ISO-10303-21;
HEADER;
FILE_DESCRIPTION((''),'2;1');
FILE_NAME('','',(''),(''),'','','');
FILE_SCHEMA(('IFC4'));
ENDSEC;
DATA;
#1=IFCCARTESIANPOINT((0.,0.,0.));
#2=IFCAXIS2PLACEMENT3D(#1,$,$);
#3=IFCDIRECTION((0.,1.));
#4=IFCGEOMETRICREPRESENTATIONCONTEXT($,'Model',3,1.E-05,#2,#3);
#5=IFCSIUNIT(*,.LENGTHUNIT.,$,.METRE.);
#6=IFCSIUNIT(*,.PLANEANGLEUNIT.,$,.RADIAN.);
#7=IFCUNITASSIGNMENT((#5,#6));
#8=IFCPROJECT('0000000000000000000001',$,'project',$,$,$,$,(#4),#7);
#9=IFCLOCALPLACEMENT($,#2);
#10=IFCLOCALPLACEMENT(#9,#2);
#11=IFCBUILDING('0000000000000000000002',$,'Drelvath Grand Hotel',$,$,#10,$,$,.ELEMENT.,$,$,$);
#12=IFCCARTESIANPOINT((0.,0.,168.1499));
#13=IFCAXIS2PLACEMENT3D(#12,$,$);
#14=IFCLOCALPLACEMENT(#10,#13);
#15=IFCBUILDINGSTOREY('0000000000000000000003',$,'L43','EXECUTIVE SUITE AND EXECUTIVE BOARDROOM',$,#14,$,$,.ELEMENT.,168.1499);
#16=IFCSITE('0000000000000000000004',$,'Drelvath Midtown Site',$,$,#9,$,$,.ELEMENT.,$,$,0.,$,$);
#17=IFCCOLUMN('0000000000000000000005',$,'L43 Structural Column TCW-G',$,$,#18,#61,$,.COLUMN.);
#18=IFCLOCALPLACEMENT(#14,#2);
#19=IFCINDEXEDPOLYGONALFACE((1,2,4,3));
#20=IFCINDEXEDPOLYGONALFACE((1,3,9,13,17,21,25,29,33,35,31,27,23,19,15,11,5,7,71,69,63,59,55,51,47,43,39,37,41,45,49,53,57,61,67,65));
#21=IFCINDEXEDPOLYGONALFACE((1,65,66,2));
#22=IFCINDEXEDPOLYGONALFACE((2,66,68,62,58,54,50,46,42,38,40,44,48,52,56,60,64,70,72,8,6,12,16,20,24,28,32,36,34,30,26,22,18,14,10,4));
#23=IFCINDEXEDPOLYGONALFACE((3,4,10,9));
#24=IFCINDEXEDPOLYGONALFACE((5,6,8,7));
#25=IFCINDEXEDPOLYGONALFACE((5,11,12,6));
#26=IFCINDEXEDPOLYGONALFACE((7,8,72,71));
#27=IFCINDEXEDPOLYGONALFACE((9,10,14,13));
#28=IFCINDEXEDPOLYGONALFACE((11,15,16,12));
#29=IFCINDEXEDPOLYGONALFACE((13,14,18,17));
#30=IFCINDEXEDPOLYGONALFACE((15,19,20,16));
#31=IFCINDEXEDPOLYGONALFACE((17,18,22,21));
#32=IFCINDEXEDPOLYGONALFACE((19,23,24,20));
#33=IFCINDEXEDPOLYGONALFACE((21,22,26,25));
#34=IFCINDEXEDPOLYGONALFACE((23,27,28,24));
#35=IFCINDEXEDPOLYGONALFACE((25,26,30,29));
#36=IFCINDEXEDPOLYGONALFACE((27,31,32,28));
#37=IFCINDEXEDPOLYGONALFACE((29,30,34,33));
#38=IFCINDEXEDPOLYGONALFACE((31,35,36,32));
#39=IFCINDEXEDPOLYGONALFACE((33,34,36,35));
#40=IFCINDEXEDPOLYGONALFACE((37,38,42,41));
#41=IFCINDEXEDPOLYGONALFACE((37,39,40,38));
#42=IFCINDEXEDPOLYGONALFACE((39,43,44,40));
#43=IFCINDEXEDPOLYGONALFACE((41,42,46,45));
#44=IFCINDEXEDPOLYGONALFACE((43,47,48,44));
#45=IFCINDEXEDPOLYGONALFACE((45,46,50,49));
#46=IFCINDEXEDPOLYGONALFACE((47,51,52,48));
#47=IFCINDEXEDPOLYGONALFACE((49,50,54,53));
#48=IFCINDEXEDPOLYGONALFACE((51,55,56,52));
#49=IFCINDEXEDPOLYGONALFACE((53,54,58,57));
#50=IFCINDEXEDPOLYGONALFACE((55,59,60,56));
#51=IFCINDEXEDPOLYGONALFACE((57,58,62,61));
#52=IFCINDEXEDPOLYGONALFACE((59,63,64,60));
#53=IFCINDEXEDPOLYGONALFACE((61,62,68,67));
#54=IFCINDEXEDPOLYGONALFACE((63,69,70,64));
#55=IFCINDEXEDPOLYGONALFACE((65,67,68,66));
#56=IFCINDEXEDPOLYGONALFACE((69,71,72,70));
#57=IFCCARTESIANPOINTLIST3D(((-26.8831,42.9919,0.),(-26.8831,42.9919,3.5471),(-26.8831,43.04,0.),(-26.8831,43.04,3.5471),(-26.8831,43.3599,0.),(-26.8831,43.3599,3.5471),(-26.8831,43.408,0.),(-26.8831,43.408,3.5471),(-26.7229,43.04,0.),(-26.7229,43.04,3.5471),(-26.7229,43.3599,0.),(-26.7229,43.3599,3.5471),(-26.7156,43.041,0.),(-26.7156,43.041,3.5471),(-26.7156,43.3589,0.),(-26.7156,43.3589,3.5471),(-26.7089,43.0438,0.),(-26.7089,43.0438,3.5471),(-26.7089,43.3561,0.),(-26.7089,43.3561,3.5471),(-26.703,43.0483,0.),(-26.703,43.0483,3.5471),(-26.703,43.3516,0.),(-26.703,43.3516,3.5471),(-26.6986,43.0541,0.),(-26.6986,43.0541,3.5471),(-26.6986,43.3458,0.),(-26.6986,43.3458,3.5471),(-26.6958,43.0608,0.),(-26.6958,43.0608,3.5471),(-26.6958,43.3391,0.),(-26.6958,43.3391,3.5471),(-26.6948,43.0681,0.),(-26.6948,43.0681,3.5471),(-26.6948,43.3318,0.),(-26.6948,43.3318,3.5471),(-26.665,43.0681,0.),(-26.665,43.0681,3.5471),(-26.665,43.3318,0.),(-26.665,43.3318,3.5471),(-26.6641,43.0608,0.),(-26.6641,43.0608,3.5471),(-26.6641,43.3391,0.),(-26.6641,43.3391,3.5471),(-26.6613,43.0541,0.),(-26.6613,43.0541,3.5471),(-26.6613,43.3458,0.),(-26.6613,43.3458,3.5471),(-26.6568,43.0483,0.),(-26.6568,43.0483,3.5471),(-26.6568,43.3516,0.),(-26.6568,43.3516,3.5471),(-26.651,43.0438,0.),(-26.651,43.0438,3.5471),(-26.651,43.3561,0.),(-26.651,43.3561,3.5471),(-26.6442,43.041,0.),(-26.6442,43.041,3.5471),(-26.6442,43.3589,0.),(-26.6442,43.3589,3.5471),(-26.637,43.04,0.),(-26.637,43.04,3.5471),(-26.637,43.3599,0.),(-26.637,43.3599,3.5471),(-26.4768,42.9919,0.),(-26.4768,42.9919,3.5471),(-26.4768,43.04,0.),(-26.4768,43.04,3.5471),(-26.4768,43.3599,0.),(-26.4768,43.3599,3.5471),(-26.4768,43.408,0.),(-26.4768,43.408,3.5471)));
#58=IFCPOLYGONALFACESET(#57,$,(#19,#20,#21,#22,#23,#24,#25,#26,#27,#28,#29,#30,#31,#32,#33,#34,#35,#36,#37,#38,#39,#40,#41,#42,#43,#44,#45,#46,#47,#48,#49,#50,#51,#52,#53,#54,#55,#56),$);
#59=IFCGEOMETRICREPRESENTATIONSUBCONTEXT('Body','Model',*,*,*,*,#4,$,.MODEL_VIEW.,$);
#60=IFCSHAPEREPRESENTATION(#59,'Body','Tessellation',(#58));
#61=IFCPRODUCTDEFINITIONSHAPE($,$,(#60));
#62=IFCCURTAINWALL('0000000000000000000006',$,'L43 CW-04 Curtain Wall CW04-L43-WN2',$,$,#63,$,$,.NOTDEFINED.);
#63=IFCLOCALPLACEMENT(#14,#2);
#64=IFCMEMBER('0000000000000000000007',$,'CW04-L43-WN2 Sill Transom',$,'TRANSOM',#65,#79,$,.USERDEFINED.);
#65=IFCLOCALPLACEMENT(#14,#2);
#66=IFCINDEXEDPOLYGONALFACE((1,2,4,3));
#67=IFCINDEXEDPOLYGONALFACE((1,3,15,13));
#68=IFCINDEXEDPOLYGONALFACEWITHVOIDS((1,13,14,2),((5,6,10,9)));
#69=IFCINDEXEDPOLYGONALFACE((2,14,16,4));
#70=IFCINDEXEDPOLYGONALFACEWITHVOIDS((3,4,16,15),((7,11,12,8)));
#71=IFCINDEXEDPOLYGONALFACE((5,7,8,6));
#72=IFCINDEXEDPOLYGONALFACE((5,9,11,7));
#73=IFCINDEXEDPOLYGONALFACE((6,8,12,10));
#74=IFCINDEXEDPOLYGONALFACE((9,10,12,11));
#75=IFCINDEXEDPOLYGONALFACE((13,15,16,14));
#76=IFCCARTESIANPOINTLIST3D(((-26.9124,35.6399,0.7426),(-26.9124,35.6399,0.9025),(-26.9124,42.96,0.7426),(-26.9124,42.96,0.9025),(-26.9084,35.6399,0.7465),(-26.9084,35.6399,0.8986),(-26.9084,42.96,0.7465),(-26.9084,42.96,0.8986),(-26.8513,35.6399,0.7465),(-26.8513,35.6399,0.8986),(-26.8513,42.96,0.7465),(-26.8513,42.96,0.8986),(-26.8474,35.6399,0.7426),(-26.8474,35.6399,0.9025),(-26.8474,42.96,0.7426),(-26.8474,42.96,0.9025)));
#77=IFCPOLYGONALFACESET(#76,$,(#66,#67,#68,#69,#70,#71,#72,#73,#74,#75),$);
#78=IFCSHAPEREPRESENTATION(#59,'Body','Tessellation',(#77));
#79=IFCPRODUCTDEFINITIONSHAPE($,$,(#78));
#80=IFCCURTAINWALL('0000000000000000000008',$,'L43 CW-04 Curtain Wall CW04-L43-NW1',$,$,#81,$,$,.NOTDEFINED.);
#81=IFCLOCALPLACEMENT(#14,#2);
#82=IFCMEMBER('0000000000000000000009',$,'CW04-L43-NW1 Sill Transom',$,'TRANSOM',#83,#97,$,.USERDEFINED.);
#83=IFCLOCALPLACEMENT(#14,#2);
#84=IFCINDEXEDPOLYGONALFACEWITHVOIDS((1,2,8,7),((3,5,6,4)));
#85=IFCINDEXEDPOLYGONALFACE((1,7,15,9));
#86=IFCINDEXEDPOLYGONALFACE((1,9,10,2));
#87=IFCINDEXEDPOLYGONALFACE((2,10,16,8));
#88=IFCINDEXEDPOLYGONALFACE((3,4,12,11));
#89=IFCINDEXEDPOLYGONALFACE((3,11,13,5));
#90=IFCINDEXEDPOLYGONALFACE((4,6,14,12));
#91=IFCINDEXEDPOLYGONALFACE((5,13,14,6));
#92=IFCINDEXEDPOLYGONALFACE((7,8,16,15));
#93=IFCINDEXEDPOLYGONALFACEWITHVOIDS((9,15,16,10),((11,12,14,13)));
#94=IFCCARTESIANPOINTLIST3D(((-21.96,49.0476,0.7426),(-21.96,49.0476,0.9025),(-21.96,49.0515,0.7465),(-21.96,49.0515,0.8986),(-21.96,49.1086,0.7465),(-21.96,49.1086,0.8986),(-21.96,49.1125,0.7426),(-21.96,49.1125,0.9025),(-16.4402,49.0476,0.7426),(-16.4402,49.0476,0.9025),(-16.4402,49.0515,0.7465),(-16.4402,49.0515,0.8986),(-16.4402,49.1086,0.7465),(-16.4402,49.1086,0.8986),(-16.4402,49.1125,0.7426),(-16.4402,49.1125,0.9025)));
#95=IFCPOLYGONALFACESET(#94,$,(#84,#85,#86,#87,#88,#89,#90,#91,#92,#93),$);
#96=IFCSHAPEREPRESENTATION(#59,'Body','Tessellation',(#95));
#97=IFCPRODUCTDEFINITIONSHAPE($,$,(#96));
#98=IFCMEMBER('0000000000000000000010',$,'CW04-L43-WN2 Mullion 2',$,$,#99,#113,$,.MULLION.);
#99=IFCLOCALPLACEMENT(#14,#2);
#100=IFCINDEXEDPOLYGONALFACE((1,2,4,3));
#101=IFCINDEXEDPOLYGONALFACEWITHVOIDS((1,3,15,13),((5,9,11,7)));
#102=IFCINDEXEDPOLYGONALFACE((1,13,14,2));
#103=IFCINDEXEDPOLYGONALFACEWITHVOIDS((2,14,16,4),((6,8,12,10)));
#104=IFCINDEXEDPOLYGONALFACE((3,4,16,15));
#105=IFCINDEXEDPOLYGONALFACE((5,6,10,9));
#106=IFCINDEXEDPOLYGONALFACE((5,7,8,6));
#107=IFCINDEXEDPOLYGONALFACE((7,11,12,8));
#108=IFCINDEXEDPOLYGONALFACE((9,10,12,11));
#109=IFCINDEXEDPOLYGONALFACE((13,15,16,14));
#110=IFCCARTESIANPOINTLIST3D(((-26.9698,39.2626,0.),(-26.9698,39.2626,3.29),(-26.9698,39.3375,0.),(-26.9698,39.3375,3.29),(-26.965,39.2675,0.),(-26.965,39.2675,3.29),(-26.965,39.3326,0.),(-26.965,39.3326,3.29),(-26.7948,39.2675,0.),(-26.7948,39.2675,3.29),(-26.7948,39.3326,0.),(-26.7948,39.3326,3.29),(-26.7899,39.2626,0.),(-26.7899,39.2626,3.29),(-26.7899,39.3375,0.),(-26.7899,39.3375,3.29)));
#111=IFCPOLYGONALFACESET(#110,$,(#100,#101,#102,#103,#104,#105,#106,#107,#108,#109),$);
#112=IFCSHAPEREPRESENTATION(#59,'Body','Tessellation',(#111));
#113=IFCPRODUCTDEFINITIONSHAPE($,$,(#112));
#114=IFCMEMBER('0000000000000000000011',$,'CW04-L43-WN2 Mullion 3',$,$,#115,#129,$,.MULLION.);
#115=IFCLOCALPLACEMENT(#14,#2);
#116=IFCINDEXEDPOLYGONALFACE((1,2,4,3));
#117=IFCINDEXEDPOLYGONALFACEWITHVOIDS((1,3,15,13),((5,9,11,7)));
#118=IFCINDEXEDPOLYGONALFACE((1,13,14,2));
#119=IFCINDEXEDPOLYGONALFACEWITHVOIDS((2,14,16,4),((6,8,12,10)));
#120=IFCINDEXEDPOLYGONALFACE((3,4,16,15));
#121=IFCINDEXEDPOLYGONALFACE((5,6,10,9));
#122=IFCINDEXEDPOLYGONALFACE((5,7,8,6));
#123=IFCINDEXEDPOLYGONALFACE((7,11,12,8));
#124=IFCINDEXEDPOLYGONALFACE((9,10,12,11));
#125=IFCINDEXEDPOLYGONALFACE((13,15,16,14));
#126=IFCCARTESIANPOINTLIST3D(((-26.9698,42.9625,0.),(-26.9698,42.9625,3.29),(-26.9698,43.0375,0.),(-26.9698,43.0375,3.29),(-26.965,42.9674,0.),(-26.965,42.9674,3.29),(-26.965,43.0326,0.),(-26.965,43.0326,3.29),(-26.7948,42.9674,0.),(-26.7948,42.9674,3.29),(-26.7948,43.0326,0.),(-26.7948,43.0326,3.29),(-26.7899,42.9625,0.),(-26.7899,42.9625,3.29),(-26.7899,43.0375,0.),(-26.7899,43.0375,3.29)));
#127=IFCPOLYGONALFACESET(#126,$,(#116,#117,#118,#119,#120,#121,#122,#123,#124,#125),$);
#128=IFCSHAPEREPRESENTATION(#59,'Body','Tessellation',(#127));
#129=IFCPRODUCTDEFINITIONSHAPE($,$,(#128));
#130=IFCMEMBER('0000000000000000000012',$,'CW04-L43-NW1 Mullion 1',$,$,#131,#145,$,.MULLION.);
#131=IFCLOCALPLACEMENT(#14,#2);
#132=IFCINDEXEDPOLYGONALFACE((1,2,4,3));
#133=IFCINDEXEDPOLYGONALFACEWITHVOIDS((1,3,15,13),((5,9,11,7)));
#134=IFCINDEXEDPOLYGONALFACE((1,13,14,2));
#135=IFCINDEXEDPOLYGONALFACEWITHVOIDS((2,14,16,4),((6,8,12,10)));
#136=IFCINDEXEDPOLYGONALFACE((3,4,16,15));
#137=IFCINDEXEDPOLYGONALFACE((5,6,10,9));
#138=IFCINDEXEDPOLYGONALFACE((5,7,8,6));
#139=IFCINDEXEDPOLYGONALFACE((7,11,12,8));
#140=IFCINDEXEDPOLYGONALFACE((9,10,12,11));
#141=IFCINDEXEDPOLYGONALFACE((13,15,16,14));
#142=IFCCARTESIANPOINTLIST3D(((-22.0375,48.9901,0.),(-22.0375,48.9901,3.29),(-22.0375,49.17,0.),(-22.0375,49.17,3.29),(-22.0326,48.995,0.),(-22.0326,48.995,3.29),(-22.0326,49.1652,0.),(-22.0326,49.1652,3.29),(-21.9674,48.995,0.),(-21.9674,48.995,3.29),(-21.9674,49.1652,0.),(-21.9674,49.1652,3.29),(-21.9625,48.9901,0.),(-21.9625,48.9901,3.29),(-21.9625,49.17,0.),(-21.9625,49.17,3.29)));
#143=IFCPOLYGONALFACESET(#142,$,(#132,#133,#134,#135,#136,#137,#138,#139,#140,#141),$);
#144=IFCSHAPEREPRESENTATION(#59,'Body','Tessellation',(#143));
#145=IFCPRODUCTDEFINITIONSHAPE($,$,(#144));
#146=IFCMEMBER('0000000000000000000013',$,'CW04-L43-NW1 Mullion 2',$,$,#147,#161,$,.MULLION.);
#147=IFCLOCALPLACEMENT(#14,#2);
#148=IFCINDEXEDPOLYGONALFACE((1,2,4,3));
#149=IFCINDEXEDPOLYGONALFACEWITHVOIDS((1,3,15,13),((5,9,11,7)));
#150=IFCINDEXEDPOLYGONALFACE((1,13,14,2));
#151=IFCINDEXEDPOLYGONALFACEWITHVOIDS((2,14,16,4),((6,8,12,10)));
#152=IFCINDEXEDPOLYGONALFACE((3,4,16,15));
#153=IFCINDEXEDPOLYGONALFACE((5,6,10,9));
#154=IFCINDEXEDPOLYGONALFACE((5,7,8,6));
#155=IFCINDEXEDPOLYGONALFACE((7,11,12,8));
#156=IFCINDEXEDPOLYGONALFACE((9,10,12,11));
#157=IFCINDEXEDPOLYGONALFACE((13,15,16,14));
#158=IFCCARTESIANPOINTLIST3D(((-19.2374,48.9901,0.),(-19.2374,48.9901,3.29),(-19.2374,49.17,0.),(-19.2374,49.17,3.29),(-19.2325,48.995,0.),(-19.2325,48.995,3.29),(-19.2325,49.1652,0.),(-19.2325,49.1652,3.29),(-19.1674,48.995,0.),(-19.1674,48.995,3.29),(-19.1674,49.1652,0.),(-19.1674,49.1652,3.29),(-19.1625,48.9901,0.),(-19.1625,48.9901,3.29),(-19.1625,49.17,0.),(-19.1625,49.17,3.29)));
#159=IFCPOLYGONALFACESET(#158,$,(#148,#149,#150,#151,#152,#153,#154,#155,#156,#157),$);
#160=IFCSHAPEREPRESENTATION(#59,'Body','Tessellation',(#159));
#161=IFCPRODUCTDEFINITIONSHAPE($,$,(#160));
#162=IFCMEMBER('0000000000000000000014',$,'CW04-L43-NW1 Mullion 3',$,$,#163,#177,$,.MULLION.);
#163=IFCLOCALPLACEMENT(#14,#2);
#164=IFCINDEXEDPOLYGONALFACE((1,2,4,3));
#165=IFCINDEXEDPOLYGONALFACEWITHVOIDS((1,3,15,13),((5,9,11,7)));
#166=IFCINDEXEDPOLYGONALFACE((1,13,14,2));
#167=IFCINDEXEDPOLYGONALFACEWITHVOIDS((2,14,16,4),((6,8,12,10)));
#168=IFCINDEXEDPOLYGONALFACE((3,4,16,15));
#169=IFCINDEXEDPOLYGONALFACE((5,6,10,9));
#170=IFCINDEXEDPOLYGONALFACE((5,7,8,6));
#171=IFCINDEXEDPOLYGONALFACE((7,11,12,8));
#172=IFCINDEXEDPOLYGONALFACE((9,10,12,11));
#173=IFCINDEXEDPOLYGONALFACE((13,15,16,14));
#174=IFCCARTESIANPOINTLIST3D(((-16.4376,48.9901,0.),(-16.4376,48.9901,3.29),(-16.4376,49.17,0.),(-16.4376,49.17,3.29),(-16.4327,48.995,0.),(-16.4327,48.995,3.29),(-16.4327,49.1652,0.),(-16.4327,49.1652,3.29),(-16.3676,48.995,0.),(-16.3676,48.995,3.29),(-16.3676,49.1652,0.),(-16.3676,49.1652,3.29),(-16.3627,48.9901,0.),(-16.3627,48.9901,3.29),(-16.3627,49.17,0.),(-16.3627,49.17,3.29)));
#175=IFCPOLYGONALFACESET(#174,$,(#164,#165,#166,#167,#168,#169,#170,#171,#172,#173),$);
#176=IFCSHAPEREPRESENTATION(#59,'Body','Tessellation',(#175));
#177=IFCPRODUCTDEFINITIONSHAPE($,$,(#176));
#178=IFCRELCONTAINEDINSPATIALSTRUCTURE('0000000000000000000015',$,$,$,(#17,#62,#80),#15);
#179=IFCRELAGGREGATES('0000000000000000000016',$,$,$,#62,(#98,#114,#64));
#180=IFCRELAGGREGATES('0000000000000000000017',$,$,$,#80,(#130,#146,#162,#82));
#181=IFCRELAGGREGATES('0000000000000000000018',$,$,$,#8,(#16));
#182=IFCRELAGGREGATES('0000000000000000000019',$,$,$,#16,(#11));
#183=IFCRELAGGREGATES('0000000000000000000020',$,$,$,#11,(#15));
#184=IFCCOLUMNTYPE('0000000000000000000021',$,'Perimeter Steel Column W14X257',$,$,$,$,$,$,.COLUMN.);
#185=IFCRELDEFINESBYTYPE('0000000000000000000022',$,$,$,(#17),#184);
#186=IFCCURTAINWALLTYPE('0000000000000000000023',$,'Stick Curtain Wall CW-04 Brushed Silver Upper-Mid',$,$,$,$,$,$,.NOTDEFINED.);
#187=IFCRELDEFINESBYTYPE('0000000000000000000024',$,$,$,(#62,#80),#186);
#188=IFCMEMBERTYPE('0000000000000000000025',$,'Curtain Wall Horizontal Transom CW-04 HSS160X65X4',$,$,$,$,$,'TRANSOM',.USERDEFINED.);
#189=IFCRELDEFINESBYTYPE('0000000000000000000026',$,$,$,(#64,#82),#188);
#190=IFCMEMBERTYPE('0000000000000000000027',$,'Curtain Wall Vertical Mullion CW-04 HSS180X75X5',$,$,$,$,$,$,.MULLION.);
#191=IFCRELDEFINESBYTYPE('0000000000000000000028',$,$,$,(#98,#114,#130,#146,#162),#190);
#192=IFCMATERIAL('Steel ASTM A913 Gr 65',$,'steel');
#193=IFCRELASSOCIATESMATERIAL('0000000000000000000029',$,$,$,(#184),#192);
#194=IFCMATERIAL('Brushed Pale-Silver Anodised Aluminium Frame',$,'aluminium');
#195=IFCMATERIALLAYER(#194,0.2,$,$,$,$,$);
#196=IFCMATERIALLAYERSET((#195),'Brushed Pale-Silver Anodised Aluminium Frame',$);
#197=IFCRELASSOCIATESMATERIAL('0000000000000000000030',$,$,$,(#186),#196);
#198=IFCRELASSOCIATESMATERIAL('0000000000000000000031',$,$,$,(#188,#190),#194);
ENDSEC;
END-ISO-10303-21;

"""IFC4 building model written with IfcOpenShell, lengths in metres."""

from ifc_helpers import new_model, si_unit, direction, frame, origin, origin_2d, place, context, subcontext, project, spatial, hollow_rectangle, i_section, extrude, material, layer, layer_set, material_profile, profile_set, type_object, element, aggregate, save


model = new_model("IFC4")

# Units and contexts
model_context = context("Model", 3, precision=1e-05, world=origin(), true_north=direction((0.0, 1.0)))
body_context = subcontext(model_context, "Body", "Model", "MODEL_VIEW")
ifc_project = project(units=[si_unit("LENGTHUNIT", "METRE"), si_unit("PLANEANGLEUNIT", "RADIAN")], contexts=[model_context])

# Site, building, storey
site_placement = place(None, origin())
site = spatial("IfcSite", under=ifc_project, at=site_placement, Name="Drelvath Midtown Site", CompositionType="ELEMENT", RefElevation=0.0)
building_placement = place(site_placement, origin())
building = spatial("IfcBuilding", under=site, at=building_placement, Name="Drelvath Grand Hotel", CompositionType="ELEMENT")
storey_placement = place(building_placement, frame((0.0, 0.0, 168.1499)))
storey = spatial("IfcBuildingStorey", under=building, at=storey_placement, Name="L43", Description="EXECUTIVE SUITE AND EXECUTIVE BOARDROOM", CompositionType="ELEMENT", Elevation=168.1499)

# Column
ifc_material_1 = material(Name="Steel ASTM A913 Gr 65", Category="steel")
ifc_material_profile_1 = material_profile(ifc_material_1, i_section(OverallWidth=0.4062, OverallDepth=0.416, WebThickness=0.0298, FlangeThickness=0.0481, FilletRadius=0.0281, at=origin_2d()), Name="W14X257")
ifc_profile_set_1 = profile_set([ifc_material_profile_1], Name="Steel ASTM A913 Gr 65")
column_type = type_object("IfcColumnType", Name="Perimeter Steel Column W14X257", PredefinedType="COLUMN", material=ifc_profile_set_1)
column_placement = place(storey_placement, frame((-26.6799, 43.2, 0.0), z_axis=(0.0, 0.0, 1.0), x_axis=(1.0, 0.0, 0.0)))
element("IfcColumn", 1, at=column_placement, inside=storey, type_object=column_type, Name="L43 Structural Column TCW-G", PredefinedType="COLUMN", context=body_context, shape_type="SweptSolid", body=[
    extrude(i_section(OverallWidth=0.4062, OverallDepth=0.416, WebThickness=0.0298, FlangeThickness=0.0481, FilletRadius=0.0281, at=origin_2d()), origin(), (0.0, 0.0, 1.0), 3.5471),
])

# Curtain walls, members
ifc_material_2 = material(Name="Brushed Pale-Silver Anodised Aluminium Frame", Category="aluminium")
ifc_layer_1 = layer(ifc_material_2, 0.2)
ifc_layer_set_1 = layer_set([ifc_layer_1], Name="Brushed Pale-Silver Anodised Aluminium Frame")
curtain_wall_type = type_object("IfcCurtainWallType", Name="Stick Curtain Wall CW-04 Brushed Silver Upper-Mid", PredefinedType="NOTDEFINED", material=ifc_layer_set_1)
curtain_wall_1_placement = place(storey_placement, origin())
curtain_wall_1 = element("IfcCurtainWall", 2, at=curtain_wall_1_placement, inside=storey, type_object=curtain_wall_type, Name="L43 CW-04 Curtain Wall CW04-L43-WN2", PredefinedType="NOTDEFINED")
ifc_material_profile_2 = material_profile(ifc_material_2, hollow_rectangle(XDim=0.0649, YDim=0.1599, WallThickness=0.0039, at=origin_2d()), Name="HSS160X65X4")
ifc_profile_set_2 = profile_set([ifc_material_profile_2], Name="Brushed Pale-Silver Anodised Aluminium Frame")
member_type_1 = type_object("IfcMemberType", Name="Curtain Wall Horizontal Transom CW-04 HSS160X65X4", ElementType="TRANSOM", PredefinedType="USERDEFINED", material=ifc_profile_set_2)
member_1_placement = place(storey_placement, frame((-26.8799, 35.6399, 0.8225), z_axis=(0.0, 1.0, 0.0), x_axis=(-1.0, 0.0, 0.0)))
member_1 = element("IfcMember", 3, at=member_1_placement, type_object=member_type_1, Name="CW04-L43-WN2 Sill Transom", ObjectType="TRANSOM", PredefinedType="USERDEFINED", context=body_context, shape_type="SweptSolid", body=[
    extrude(hollow_rectangle(XDim=0.0649, YDim=0.1599, WallThickness=0.0039, at=origin_2d()), origin(), (0.0, 0.0, 1.0), 7.3201),
])
curtain_wall_2_placement = place(storey_placement, origin())
curtain_wall_2 = element("IfcCurtainWall", 4, at=curtain_wall_2_placement, inside=storey, type_object=curtain_wall_type, Name="L43 CW-04 Curtain Wall CW04-L43-NW1", PredefinedType="NOTDEFINED")
member_2_placement = place(storey_placement, frame((-21.96, 49.0801, 0.8225), z_axis=(1.0, 0.0, 0.0), x_axis=(0.0, 1.0, 0.0)))
member_2 = element("IfcMember", 5, at=member_2_placement, type_object=member_type_1, Name="CW04-L43-NW1 Sill Transom", ObjectType="TRANSOM", PredefinedType="USERDEFINED", context=body_context, shape_type="SweptSolid", body=[
    extrude(hollow_rectangle(XDim=0.0649, YDim=0.1599, WallThickness=0.0039, at=origin_2d()), origin(), (0.0, 0.0, 1.0), 5.5198),
])

# Members
ifc_material_profile_3 = material_profile(ifc_material_2, hollow_rectangle(XDim=0.075, YDim=0.1799, WallThickness=0.0049, at=origin_2d()), Name="HSS180X75X5")
ifc_profile_set_3 = profile_set([ifc_material_profile_3], Name="Brushed Pale-Silver Anodised Aluminium Frame")
member_type_2 = type_object("IfcMemberType", Name="Curtain Wall Vertical Mullion CW-04 HSS180X75X5", PredefinedType="MULLION", material=ifc_profile_set_3)
member_3_placement = place(storey_placement, frame((-26.8799, 39.3, 0.0), z_axis=(0.0, 0.0, 1.0), x_axis=(0.0, 1.0, 0.0)))
member_3 = element("IfcMember", 6, at=member_3_placement, type_object=member_type_2, Name="CW04-L43-WN2 Mullion 2", PredefinedType="MULLION", context=body_context, shape_type="SweptSolid", body=[
    extrude(hollow_rectangle(XDim=0.075, YDim=0.1799, WallThickness=0.0049, at=origin_2d()), origin(), (0.0, 0.0, 1.0), 3.29),
])
member_4_placement = place(storey_placement, frame((-26.8799, 43.0, 0.0), z_axis=(0.0, 0.0, 1.0), x_axis=(0.0, 1.0, 0.0)))
member_4 = element("IfcMember", 7, at=member_4_placement, type_object=member_type_2, Name="CW04-L43-WN2 Mullion 3", PredefinedType="MULLION", context=body_context, shape_type="SweptSolid", body=[
    extrude(hollow_rectangle(XDim=0.075, YDim=0.1799, WallThickness=0.0049, at=origin_2d()), origin(), (0.0, 0.0, 1.0), 3.29),
])
member_5_placement = place(storey_placement, frame((-22.0, 49.0801, 0.0), z_axis=(0.0, 0.0, 1.0), x_axis=(1.0, 0.0, 0.0)))
member_5 = element("IfcMember", 8, at=member_5_placement, type_object=member_type_2, Name="CW04-L43-NW1 Mullion 1", PredefinedType="MULLION", context=body_context, shape_type="SweptSolid", body=[
    extrude(hollow_rectangle(XDim=0.075, YDim=0.1799, WallThickness=0.0049, at=origin_2d()), origin(), (0.0, 0.0, 1.0), 3.29),
])
member_6_placement = place(storey_placement, frame((-19.2, 49.0801, 0.0), z_axis=(0.0, 0.0, 1.0), x_axis=(1.0, 0.0, 0.0)))
member_6 = element("IfcMember", 9, at=member_6_placement, type_object=member_type_2, Name="CW04-L43-NW1 Mullion 2", PredefinedType="MULLION", context=body_context, shape_type="SweptSolid", body=[
    extrude(hollow_rectangle(XDim=0.075, YDim=0.1799, WallThickness=0.0049, at=origin_2d()), origin(), (0.0, 0.0, 1.0), 3.29),
])
member_7_placement = place(storey_placement, frame((-16.4001, 49.0801, 0.0), z_axis=(0.0, 0.0, 1.0), x_axis=(1.0, 0.0, 0.0)))
member_7 = element("IfcMember", 10, at=member_7_placement, type_object=member_type_2, Name="CW04-L43-NW1 Mullion 3", PredefinedType="MULLION", context=body_context, shape_type="SweptSolid", body=[
    extrude(hollow_rectangle(XDim=0.075, YDim=0.1799, WallThickness=0.0049, at=origin_2d()), origin(), (0.0, 0.0, 1.0), 3.29),
])

aggregate(curtain_wall_1, [member_3, member_4, member_1])
aggregate(curtain_wall_2, [member_5, member_6, member_7, member_2])

save(model, "model.ifc")
